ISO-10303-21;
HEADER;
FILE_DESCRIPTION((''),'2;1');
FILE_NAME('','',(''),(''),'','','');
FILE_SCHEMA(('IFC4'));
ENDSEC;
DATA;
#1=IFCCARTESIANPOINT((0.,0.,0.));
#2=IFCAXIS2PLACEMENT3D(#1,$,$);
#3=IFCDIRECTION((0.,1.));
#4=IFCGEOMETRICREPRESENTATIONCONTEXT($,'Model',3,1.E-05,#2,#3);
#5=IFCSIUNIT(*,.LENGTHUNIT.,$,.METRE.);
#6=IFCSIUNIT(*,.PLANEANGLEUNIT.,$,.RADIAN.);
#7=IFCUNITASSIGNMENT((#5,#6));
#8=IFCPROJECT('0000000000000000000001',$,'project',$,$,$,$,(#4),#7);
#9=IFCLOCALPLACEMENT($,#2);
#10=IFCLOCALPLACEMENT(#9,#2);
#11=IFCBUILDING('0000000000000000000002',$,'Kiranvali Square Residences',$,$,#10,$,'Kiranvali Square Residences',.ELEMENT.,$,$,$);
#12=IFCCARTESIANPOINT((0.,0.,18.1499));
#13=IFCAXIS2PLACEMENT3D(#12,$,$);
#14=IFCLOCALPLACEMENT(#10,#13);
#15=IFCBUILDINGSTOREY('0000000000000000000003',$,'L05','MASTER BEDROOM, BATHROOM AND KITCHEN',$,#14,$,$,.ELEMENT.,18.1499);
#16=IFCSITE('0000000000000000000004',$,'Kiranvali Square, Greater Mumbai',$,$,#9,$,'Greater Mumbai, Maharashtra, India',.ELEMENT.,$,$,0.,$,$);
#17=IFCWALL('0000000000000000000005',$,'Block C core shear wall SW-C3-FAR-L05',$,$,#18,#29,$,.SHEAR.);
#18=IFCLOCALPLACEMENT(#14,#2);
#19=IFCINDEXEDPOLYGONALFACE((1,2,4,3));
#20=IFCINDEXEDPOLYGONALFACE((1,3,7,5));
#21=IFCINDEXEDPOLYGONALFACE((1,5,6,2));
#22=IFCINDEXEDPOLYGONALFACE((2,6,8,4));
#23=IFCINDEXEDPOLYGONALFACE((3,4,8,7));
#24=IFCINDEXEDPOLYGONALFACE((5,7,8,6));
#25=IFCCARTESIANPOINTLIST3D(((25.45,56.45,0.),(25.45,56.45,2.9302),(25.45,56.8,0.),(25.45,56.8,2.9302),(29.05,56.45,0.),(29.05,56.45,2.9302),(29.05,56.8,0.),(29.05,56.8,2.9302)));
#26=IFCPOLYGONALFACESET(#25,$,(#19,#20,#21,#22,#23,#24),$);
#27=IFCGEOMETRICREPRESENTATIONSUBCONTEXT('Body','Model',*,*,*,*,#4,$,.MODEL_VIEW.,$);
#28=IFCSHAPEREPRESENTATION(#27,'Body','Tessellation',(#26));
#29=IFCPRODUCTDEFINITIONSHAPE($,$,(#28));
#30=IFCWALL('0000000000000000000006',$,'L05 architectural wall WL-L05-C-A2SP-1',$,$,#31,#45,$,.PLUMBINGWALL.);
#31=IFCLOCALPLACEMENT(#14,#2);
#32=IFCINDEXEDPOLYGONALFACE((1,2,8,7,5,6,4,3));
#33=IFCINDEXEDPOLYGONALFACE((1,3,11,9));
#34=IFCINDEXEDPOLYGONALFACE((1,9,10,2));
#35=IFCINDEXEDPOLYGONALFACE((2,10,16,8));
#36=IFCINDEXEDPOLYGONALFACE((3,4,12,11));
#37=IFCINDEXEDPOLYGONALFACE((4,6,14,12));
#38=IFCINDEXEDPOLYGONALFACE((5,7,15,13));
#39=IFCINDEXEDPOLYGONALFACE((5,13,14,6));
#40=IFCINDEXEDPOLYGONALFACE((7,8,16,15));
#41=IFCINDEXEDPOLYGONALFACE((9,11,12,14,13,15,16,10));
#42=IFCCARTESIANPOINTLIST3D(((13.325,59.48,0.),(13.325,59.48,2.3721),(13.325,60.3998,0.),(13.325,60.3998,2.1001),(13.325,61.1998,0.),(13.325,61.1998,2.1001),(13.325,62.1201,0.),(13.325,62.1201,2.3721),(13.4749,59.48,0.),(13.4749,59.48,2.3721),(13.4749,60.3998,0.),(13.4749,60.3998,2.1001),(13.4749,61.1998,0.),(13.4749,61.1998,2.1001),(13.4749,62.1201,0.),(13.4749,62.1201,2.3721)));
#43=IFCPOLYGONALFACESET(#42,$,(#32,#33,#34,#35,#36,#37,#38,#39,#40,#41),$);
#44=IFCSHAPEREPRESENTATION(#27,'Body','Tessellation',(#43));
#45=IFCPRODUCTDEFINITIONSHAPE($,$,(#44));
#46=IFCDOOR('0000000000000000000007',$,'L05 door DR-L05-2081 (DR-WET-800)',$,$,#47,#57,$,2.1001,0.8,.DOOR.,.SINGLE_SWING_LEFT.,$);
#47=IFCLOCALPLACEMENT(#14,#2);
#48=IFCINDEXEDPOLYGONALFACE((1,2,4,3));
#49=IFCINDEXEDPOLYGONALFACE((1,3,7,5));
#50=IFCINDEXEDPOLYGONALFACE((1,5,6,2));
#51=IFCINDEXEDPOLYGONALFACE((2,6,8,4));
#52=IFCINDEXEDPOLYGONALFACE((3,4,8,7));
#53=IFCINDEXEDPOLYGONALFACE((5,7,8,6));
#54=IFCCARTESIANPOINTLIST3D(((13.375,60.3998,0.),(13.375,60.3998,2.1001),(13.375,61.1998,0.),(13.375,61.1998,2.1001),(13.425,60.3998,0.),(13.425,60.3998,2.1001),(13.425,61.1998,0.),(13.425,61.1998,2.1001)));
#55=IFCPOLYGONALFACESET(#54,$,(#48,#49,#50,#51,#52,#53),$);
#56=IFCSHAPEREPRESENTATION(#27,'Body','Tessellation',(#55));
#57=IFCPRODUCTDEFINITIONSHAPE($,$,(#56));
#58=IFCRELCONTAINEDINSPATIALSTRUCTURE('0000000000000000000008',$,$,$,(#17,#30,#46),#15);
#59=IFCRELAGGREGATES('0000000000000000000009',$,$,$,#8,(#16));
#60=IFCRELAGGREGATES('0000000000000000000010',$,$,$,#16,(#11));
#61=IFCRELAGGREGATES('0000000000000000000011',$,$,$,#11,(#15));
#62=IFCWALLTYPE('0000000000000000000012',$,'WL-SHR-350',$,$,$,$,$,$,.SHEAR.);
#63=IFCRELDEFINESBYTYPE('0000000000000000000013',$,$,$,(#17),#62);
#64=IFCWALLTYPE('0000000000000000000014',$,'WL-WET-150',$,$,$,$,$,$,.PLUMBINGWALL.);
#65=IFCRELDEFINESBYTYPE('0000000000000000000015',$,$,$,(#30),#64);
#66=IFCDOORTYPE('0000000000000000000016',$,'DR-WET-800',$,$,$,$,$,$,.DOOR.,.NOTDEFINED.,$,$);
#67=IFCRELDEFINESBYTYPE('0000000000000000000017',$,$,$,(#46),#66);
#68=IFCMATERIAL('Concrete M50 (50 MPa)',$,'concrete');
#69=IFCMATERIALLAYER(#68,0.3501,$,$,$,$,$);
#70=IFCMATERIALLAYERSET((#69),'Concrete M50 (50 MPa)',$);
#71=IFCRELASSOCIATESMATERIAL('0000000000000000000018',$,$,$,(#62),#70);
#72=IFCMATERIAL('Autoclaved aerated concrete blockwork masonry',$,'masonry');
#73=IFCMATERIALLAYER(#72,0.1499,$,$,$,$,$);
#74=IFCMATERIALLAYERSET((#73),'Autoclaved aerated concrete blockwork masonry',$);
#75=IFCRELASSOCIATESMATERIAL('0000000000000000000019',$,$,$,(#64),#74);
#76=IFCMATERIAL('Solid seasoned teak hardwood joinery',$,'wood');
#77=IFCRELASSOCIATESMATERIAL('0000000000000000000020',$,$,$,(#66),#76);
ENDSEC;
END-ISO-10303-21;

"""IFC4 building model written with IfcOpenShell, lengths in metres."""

from ifc_helpers import new_model, si_unit, direction, frame, frame_2d, origin, place, context, subcontext, project, spatial, rectangle, extrude, material, layer, layer_set, type_object, element, fill, save


model = new_model("IFC4")

# Units and contexts
model_context = context("Model", 3, precision=1e-05, world=origin(), true_north=direction((0.0, 1.0)))
body_context = subcontext(model_context, "Body", "Model", "MODEL_VIEW")
ifc_project = project(units=[si_unit("LENGTHUNIT", "METRE"), si_unit("PLANEANGLEUNIT", "RADIAN")], contexts=[model_context])

# Site, building, storey
site_placement = place(None, origin())
site = spatial("IfcSite", under=ifc_project, at=site_placement, Name="Kiranvali Square, Greater Mumbai", LongName="Greater Mumbai, Maharashtra, India", CompositionType="ELEMENT", RefElevation=0.0)
building_placement = place(site_placement, origin())
building = spatial("IfcBuilding", under=site, at=building_placement, Name="Kiranvali Square Residences", LongName="Kiranvali Square Residences", CompositionType="ELEMENT")
storey_placement = place(building_placement, frame((0.0, 0.0, 18.1499)))
storey = spatial("IfcBuildingStorey", under=building, at=storey_placement, Name="L05", Description="MASTER BEDROOM, BATHROOM AND KITCHEN", CompositionType="ELEMENT", Elevation=18.1499)

# Shared definitions
ifc_material_1 = material(Name="Autoclaved aerated concrete blockwork masonry", Category="masonry")

# Shared definitions
ifc_material_2 = material(Name="Solid seasoned teak hardwood joinery", Category="wood")

# Wall
ifc_material_3 = material(Name="Concrete M50 (50 MPa)", Category="concrete")
ifc_layer_1 = layer(ifc_material_3, 0.3501)
ifc_layer_set_1 = layer_set([ifc_layer_1], Name="Concrete M50 (50 MPa)")
wall_type_1 = type_object("IfcWallType", Name="WL-SHR-350", PredefinedType="SHEAR", material=ifc_layer_set_1)
wall_1_placement = place(storey_placement, frame((29.05, 56.625, 0.0), z_axis=(0.0, 0.0, 1.0), x_axis=(-1.0, 0.0, 0.0)))
element("IfcWall", 1, at=wall_1_placement, inside=storey, type_object=wall_type_1, Name="Block C core shear wall SW-C3-FAR-L05", PredefinedType="SHEAR", context=body_context, shape_type="SweptSolid", body=[
    extrude(rectangle(XDim=3.6001, YDim=0.3501, at=frame_2d((1.8, 0.0))), origin(), (0.0, 0.0, 1.0), 2.9302),
])

# Wall, opening, door
ifc_layer_2 = layer(ifc_material_1, 0.1499)
ifc_layer_set_2 = layer_set([ifc_layer_2], Name="Autoclaved aerated concrete blockwork masonry")
wall_type_2 = type_object("IfcWallType", Name="WL-WET-150", PredefinedType="PLUMBINGWALL", material=ifc_layer_set_2)
wall_2_placement = place(storey_placement, frame((13.3999, 59.48, 0.0), z_axis=(0.0, 0.0, 1.0), x_axis=(0.0, 1.0, 0.0)))
wall_2 = element("IfcWall", 2, at=wall_2_placement, inside=storey, type_object=wall_type_2, Name="L05 architectural wall WL-L05-C-A2SP-1", PredefinedType="PLUMBINGWALL", context=body_context, shape_type="SweptSolid", body=[
    extrude(rectangle(XDim=2.6401, YDim=0.1499, at=frame_2d((1.3201, 0.0))), origin(), (0.0, 0.0, 1.0), 2.3721),
])
opening_1_placement = place(wall_2_placement, frame((0.9199, 0.0, 0.0)))
opening_1 = element("IfcOpeningElement", 3, at=opening_1_placement, cuts=wall_2, PredefinedType="OPENING", context=body_context, shape_type="SweptSolid", body=[
    extrude(rectangle(XDim=0.8, YDim=2.1001, at=frame_2d((0.3999, 1.05))), frame((0.0, 0.085, 0.0), z_axis=(0.0, -1.0, 0.0), x_axis=(1.0, 0.0, 0.0)), (0.0, 0.0, 1.0), 0.1699),
])
door_type_1 = type_object("IfcDoorType", Name="DR-WET-800", OperationType="NOTDEFINED", PredefinedType="DOOR", material=ifc_material_2)
door_1_placement = place(opening_1_placement, origin())
door_1 = element("IfcDoor", 4, at=door_1_placement, inside=storey, type_object=door_type_1, Name="L05 door DR-L05-2081 (DR-WET-800)", OperationType="SINGLE_SWING_LEFT", OverallHeight=2.1001, OverallWidth=0.8, PredefinedType="DOOR", context=body_context, shape_type="SweptSolid", body=[
    extrude(rectangle(XDim=0.8, YDim=2.1001, at=frame_2d((0.3999, 1.05))), frame((0.0, 0.0249, 0.0), z_axis=(0.0, -1.0, 0.0), x_axis=(1.0, 0.0, 0.0)), (0.0, 0.0, 1.0), 0.05),
])
fill(opening_1, door_1)

save(model, "model.ifc")
